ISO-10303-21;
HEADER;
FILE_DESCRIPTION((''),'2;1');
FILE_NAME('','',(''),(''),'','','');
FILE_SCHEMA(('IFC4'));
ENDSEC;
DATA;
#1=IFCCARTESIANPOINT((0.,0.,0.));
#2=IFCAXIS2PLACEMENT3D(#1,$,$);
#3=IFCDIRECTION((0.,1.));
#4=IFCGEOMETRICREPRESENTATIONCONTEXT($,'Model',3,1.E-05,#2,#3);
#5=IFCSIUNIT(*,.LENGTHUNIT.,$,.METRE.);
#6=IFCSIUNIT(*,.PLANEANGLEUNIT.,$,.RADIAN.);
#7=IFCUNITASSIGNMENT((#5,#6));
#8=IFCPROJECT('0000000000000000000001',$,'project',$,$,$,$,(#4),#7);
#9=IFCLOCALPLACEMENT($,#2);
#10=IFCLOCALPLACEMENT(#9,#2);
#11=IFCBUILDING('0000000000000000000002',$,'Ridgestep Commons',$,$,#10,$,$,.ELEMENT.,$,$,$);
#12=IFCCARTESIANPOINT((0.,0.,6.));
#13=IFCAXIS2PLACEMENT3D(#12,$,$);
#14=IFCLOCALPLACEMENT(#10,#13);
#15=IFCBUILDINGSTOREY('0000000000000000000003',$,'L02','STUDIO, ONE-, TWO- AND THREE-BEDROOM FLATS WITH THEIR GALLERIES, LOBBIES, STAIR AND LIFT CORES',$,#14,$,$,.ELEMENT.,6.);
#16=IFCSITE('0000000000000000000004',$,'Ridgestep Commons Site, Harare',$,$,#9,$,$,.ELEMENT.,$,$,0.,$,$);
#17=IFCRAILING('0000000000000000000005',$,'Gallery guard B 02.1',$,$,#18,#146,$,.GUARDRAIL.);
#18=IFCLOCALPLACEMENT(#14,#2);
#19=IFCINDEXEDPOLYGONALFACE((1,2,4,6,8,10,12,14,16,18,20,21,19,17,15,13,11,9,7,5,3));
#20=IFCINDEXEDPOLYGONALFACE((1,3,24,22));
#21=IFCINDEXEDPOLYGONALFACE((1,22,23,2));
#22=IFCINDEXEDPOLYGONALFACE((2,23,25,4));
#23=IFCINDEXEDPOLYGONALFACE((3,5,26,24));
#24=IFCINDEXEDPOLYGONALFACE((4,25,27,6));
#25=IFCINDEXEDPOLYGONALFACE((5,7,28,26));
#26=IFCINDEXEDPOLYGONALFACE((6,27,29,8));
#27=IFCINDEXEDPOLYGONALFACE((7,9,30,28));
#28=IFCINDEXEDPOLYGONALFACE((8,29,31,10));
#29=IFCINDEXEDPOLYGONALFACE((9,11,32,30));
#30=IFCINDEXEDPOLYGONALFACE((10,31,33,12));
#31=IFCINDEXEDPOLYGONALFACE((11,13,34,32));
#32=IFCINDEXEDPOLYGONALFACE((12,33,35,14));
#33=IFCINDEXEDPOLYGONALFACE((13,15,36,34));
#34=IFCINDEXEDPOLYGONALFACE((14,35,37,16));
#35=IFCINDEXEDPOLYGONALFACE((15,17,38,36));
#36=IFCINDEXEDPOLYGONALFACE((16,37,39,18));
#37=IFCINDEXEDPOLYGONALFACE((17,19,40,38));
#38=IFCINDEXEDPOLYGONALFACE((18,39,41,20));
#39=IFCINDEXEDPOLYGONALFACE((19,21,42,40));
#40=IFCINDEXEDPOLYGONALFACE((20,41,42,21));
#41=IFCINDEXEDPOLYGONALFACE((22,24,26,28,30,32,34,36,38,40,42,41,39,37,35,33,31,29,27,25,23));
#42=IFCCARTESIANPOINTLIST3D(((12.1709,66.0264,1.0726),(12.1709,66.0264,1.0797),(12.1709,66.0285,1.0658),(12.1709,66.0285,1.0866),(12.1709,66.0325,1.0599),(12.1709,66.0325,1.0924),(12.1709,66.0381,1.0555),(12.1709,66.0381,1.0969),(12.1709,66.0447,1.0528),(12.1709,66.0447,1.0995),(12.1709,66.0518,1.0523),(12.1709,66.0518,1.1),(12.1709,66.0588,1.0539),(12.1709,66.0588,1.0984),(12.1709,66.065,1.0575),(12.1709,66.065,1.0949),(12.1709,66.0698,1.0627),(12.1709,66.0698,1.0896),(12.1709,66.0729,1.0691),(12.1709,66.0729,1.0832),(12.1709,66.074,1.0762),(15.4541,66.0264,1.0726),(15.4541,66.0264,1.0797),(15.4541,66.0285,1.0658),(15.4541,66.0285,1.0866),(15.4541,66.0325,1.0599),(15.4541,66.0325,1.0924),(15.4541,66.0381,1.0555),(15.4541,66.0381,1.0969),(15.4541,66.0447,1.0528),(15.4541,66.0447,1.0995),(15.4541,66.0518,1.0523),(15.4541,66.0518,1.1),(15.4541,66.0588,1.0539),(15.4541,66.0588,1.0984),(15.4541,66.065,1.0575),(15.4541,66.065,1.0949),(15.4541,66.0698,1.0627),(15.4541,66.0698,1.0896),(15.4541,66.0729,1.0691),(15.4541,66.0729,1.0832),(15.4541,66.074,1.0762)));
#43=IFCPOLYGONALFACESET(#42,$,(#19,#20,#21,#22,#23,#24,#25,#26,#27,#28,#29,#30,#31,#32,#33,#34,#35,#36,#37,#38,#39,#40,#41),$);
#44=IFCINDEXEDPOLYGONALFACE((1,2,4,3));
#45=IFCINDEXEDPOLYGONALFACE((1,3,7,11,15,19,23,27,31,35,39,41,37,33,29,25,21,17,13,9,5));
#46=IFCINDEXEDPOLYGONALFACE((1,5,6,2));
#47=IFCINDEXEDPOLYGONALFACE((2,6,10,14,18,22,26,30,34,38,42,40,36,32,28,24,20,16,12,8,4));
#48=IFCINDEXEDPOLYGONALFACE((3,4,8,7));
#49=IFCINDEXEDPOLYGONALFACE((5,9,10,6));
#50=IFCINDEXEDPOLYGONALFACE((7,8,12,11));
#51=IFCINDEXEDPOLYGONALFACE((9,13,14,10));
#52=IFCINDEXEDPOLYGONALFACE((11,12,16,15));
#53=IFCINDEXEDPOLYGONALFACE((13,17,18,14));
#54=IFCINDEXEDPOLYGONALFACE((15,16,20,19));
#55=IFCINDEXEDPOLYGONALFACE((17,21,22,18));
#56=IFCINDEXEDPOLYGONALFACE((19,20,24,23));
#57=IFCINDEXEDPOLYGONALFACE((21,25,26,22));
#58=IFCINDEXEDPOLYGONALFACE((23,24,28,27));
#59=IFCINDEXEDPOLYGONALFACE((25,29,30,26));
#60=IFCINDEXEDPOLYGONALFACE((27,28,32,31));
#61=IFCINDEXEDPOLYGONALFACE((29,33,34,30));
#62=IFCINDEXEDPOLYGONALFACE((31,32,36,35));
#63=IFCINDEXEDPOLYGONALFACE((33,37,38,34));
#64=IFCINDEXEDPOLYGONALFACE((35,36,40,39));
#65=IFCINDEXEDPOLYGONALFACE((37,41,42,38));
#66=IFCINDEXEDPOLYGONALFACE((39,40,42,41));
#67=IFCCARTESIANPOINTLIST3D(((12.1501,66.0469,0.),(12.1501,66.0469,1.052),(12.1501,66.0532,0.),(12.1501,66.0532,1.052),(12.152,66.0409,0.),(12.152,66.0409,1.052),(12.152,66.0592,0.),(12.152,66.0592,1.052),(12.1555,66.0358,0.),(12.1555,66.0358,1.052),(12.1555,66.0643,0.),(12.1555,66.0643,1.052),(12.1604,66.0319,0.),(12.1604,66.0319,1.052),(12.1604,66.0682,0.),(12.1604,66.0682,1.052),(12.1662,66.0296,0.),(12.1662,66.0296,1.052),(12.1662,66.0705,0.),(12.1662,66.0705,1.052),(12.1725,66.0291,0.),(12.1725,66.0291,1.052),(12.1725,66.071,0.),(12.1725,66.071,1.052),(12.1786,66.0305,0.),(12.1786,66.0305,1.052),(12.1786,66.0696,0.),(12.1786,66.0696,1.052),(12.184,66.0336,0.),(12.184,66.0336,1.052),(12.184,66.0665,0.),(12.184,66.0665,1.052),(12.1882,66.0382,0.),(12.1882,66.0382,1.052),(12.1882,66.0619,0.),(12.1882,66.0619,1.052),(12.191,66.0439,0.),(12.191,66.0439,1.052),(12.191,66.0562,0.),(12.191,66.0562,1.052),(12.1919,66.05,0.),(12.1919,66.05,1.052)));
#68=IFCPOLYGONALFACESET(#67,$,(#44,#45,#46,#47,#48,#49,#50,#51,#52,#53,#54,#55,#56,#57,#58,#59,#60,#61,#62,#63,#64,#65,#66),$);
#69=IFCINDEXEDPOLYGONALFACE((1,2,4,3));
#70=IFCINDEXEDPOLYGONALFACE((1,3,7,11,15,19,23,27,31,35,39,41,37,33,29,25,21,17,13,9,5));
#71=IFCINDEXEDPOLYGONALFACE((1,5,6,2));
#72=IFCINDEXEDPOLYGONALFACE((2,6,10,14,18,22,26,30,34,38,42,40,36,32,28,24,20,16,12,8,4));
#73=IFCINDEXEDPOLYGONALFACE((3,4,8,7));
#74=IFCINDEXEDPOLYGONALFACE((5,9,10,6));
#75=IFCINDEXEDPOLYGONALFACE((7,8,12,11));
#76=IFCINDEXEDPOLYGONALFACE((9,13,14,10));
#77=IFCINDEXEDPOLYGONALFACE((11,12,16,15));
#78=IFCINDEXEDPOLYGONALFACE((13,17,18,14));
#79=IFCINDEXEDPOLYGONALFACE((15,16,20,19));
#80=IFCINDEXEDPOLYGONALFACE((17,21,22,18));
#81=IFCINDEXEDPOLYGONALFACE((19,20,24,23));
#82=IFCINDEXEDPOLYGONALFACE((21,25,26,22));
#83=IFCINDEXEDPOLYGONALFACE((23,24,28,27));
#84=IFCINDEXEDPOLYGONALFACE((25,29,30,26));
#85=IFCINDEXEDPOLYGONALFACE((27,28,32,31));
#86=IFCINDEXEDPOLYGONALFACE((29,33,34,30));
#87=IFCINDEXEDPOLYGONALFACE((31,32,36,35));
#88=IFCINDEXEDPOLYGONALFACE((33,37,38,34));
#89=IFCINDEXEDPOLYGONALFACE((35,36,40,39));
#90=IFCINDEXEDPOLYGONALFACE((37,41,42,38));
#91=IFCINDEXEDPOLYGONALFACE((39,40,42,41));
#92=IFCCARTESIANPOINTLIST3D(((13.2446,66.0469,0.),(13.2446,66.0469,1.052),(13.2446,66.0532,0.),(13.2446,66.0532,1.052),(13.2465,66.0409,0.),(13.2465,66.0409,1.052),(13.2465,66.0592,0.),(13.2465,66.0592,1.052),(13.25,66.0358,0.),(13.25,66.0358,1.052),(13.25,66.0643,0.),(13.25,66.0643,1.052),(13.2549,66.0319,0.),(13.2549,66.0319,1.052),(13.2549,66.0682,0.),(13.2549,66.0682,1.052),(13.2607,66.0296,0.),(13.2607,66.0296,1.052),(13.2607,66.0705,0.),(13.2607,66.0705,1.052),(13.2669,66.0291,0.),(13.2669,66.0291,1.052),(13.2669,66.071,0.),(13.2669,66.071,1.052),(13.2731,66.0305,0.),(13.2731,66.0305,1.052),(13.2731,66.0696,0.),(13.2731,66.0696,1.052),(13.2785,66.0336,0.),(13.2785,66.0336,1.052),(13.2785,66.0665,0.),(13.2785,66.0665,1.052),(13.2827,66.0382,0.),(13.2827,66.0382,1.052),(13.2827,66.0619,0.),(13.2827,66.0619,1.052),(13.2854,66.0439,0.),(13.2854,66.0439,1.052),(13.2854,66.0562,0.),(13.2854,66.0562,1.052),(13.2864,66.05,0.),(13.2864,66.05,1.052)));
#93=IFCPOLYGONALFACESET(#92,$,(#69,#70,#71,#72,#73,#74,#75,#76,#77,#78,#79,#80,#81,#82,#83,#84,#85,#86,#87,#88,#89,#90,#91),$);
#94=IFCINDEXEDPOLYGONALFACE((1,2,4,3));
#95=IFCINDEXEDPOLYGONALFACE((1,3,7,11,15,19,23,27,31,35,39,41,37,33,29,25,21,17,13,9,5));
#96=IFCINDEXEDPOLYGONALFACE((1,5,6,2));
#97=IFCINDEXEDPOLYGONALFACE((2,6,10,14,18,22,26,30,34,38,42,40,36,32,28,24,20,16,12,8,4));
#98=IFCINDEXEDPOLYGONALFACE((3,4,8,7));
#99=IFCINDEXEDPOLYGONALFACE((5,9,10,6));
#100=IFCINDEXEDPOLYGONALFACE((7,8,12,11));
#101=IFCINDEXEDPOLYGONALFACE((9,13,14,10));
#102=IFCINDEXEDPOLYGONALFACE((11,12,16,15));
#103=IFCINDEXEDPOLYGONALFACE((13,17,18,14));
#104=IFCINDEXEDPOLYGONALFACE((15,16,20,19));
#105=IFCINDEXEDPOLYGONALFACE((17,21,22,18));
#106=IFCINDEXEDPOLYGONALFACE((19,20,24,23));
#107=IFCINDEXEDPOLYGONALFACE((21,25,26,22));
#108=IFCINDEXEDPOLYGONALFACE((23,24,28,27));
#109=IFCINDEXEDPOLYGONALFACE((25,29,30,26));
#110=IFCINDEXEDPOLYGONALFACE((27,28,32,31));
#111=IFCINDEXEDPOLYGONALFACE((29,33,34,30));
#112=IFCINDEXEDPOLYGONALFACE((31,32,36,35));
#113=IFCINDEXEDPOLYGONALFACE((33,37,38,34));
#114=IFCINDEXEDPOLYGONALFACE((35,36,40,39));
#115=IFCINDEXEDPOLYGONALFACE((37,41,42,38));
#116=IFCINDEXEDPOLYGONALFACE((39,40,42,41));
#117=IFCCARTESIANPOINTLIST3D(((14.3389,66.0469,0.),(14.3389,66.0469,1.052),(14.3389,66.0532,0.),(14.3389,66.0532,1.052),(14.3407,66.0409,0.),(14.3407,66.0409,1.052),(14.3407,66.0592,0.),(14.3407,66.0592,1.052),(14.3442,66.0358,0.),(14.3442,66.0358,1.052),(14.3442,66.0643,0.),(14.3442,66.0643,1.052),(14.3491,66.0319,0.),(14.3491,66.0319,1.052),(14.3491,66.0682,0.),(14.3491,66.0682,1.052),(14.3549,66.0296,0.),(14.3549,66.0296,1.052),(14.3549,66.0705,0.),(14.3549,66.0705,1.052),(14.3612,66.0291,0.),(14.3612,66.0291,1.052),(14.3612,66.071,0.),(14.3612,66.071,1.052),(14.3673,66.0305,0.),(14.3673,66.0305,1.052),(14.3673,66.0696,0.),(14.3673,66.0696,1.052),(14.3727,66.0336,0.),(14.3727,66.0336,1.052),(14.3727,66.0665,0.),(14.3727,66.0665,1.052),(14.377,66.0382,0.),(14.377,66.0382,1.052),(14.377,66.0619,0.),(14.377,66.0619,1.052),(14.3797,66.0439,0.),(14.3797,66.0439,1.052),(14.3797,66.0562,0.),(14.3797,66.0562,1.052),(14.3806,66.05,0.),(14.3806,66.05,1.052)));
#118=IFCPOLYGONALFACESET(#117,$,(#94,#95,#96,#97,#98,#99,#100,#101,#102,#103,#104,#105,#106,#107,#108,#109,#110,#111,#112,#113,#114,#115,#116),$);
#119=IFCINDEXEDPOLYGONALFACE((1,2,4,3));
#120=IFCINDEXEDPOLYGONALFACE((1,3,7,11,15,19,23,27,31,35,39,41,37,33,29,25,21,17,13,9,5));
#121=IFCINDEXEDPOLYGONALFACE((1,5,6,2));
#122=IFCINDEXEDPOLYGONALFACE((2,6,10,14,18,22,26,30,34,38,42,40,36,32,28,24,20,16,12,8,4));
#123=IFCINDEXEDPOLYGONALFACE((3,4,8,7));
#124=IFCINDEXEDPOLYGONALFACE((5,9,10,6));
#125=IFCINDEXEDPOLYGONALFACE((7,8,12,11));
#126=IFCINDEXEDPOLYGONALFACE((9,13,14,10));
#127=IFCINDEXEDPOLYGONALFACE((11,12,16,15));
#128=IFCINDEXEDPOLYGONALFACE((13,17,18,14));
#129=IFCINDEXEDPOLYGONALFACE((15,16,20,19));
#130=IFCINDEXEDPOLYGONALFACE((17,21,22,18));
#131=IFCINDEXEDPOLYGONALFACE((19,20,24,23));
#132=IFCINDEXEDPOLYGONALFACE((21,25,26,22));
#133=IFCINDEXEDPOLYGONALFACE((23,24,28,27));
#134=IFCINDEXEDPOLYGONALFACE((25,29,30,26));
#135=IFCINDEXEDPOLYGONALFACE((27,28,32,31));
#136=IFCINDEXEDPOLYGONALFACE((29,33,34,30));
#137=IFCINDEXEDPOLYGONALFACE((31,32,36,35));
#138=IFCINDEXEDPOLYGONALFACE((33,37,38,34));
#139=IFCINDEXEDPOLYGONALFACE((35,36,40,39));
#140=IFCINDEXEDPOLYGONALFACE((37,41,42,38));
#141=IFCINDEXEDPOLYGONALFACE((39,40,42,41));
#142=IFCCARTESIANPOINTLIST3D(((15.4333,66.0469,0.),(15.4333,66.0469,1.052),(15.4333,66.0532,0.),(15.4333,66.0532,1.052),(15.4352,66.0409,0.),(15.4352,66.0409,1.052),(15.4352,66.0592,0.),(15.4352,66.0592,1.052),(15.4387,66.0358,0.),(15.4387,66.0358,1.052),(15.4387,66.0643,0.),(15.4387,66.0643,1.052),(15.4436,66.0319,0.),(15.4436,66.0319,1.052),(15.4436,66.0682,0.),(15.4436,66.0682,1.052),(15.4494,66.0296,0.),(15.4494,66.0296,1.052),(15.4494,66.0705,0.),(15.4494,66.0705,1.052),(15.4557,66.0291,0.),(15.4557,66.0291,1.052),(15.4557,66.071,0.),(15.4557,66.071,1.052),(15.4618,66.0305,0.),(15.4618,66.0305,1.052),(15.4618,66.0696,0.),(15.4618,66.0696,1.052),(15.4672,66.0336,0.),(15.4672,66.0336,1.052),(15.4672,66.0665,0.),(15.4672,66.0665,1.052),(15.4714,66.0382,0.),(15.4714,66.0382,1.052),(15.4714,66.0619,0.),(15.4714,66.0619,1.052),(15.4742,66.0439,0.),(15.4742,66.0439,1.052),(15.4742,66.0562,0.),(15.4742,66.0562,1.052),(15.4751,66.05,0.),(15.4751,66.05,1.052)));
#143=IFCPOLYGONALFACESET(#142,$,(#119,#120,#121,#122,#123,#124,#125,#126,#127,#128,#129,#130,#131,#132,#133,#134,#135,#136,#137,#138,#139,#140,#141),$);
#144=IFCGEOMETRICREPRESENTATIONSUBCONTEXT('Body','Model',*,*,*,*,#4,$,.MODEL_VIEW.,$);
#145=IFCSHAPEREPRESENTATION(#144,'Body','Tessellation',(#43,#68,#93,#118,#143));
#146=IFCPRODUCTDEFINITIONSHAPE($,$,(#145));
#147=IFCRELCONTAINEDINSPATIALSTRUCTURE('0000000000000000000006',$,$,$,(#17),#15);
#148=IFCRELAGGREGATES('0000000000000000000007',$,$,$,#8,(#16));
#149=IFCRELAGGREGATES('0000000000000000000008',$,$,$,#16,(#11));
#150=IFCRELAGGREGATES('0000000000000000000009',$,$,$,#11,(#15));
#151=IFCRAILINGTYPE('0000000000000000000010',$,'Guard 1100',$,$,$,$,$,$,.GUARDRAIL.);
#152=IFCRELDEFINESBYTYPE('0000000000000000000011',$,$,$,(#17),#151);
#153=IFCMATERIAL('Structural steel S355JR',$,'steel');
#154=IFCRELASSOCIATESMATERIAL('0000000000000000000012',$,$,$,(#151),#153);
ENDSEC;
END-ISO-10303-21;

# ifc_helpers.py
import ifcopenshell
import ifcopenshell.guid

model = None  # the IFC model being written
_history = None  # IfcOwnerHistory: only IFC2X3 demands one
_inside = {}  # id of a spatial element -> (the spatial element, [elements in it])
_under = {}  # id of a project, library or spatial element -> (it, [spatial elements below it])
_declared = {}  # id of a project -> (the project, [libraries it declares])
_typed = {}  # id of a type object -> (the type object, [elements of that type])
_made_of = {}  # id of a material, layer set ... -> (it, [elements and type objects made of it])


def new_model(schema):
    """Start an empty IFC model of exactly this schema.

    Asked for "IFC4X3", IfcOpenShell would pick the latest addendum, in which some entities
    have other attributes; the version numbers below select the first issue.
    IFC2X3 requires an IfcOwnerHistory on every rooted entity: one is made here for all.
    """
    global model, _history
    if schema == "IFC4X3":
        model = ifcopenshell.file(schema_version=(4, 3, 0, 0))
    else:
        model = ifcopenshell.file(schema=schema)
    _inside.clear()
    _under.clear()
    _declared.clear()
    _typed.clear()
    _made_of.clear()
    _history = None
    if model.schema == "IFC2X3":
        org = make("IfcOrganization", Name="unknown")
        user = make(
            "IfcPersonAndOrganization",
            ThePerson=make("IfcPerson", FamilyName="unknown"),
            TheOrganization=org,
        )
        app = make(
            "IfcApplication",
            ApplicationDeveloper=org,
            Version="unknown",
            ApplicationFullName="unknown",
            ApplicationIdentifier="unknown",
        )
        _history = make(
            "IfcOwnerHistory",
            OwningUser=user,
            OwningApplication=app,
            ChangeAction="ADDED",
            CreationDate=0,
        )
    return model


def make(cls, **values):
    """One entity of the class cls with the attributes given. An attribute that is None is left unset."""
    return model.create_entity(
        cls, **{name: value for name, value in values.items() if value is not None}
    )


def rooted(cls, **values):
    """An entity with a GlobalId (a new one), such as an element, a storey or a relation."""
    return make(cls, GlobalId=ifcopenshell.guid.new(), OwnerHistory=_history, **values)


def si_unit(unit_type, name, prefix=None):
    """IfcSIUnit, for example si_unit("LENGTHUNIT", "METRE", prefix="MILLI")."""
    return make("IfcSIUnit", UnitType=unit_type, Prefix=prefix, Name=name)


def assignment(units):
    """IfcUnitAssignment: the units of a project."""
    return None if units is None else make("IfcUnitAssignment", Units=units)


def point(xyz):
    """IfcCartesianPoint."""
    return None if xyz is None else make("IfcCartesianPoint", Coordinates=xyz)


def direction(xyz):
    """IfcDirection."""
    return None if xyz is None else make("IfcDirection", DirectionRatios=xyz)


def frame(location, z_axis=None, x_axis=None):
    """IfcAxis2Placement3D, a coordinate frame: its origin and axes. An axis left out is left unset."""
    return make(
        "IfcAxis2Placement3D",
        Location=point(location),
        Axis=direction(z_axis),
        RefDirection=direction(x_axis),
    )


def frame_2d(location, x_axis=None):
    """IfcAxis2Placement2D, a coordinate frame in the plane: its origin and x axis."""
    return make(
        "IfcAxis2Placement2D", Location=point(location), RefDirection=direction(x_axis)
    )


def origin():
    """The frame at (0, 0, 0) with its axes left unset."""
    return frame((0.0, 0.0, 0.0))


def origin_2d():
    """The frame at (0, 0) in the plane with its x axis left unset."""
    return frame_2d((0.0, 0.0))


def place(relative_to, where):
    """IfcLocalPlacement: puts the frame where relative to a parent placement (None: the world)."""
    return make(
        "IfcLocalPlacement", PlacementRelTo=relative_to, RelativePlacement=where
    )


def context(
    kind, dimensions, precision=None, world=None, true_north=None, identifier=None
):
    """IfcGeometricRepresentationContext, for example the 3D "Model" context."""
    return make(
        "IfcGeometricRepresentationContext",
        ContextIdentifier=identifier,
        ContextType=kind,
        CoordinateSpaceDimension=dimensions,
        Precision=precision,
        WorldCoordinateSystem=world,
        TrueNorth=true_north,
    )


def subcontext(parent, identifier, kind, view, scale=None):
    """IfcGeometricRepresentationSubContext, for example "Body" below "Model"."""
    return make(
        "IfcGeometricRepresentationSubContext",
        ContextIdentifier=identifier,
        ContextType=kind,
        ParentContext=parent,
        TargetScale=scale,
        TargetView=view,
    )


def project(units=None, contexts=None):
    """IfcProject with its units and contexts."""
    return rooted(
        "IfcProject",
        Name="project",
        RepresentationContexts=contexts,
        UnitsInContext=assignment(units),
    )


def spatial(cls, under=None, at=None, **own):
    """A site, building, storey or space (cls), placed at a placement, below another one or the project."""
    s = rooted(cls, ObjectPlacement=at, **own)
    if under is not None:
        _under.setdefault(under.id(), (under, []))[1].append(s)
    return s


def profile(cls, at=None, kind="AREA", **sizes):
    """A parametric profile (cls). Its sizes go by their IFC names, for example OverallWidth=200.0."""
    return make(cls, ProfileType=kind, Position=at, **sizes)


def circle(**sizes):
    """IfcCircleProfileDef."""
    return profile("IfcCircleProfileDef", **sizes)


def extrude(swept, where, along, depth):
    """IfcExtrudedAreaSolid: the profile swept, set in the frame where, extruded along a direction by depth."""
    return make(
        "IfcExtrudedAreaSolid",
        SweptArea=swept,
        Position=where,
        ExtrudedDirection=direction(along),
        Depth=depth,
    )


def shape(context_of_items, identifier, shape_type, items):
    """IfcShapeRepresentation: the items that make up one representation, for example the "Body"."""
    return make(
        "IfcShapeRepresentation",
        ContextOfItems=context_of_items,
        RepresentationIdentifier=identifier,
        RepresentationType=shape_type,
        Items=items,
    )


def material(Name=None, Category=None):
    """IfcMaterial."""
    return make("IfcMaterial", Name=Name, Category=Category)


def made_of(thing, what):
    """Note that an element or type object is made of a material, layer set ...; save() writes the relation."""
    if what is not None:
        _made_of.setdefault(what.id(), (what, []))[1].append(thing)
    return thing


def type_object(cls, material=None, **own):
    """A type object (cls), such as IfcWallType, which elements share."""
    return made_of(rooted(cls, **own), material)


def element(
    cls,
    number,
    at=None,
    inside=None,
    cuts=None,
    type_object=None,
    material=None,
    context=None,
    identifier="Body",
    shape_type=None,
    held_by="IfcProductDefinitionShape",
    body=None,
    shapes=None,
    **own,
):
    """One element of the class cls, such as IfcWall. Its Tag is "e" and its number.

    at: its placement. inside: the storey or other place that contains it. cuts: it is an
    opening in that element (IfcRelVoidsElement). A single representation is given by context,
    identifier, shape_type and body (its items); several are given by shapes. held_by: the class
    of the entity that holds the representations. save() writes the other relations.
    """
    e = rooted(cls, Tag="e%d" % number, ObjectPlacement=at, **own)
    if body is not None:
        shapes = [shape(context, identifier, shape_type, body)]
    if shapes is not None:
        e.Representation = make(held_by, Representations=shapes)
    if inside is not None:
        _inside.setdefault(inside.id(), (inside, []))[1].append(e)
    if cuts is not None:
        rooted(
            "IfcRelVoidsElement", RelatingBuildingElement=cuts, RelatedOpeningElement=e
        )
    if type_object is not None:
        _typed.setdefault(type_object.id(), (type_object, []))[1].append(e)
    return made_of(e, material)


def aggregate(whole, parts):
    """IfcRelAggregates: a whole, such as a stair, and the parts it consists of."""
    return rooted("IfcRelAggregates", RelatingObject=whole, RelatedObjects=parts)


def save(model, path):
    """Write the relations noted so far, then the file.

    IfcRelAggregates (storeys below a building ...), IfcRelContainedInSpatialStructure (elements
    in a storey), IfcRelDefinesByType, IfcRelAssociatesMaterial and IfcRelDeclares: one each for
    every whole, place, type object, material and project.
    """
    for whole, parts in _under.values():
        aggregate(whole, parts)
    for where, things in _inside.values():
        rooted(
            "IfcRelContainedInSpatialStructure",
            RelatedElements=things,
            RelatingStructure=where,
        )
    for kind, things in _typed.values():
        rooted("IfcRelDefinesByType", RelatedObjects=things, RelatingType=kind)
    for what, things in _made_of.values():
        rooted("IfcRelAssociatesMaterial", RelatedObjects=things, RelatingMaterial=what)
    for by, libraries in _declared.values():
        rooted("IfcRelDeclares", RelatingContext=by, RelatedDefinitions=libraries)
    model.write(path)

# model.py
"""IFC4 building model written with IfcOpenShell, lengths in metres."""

from ifc_helpers import new_model, si_unit, direction, frame, origin, origin_2d, place, context, subcontext, project, spatial, circle, extrude, material, type_object, element, save


model = new_model("IFC4")

# Units and contexts
model_context = context("Model", 3, precision=1e-05, world=origin(), true_north=direction((0.0, 1.0)))
body_context = subcontext(model_context, "Body", "Model", "MODEL_VIEW")
ifc_project = project(units=[si_unit("LENGTHUNIT", "METRE"), si_unit("PLANEANGLEUNIT", "RADIAN")], contexts=[model_context])

# Site, building, storey
site_placement = place(None, origin())
site = spatial("IfcSite", under=ifc_project, at=site_placement, Name="Ridgestep Commons Site, Harare", CompositionType="ELEMENT", RefElevation=0.0)
building_placement = place(site_placement, origin())
building = spatial("IfcBuilding", under=site, at=building_placement, Name="Ridgestep Commons", CompositionType="ELEMENT")
storey_placement = place(building_placement, frame((0.0, 0.0, 6.0)))
storey = spatial("IfcBuildingStorey", under=building, at=storey_placement, Name="L02", Description="STUDIO, ONE-, TWO- AND THREE-BEDROOM FLATS WITH THEIR GALLERIES, LOBBIES, STAIR AND LIFT CORES", CompositionType="ELEMENT", Elevation=6.0)

# Railing
ifc_material_1 = material(Name="Structural steel S355JR", Category="steel")
railing_type = type_object("IfcRailingType", Name="Guard 1100", PredefinedType="GUARDRAIL", material=ifc_material_1)
railing_1_placement = place(storey_placement, frame((12.1709, 66.05, 0.0)))
element("IfcRailing", 1, at=railing_1_placement, inside=storey, type_object=railing_type, Name="Gallery guard B 02.1", PredefinedType="GUARDRAIL", context=body_context, shape_type="SweptSolid", body=[
    extrude(circle(Radius=0.0239, at=origin_2d()), frame((0.0, 0.0, 1.0762), z_axis=(1.0, 0.0, 0.0), x_axis=(0.0, 1.0, 0.0)), (0.0, 0.0, 1.0), 3.2832),
    extrude(circle(Radius=0.021, at=origin_2d()), origin(), (0.0, 0.0, 1.0), 1.052),
    extrude(circle(Radius=0.021, at=origin_2d()), frame((1.0945, 0.0, 0.0)), (0.0, 0.0, 1.0), 1.052),
    extrude(circle(Radius=0.021, at=origin_2d()), frame((2.1887, 0.0, 0.0)), (0.0, 0.0, 1.0), 1.052),
    extrude(circle(Radius=0.021, at=origin_2d()), frame((3.2832, 0.0, 0.0)), (0.0, 0.0, 1.0), 1.052),
])

save(model, "model.ifc")
